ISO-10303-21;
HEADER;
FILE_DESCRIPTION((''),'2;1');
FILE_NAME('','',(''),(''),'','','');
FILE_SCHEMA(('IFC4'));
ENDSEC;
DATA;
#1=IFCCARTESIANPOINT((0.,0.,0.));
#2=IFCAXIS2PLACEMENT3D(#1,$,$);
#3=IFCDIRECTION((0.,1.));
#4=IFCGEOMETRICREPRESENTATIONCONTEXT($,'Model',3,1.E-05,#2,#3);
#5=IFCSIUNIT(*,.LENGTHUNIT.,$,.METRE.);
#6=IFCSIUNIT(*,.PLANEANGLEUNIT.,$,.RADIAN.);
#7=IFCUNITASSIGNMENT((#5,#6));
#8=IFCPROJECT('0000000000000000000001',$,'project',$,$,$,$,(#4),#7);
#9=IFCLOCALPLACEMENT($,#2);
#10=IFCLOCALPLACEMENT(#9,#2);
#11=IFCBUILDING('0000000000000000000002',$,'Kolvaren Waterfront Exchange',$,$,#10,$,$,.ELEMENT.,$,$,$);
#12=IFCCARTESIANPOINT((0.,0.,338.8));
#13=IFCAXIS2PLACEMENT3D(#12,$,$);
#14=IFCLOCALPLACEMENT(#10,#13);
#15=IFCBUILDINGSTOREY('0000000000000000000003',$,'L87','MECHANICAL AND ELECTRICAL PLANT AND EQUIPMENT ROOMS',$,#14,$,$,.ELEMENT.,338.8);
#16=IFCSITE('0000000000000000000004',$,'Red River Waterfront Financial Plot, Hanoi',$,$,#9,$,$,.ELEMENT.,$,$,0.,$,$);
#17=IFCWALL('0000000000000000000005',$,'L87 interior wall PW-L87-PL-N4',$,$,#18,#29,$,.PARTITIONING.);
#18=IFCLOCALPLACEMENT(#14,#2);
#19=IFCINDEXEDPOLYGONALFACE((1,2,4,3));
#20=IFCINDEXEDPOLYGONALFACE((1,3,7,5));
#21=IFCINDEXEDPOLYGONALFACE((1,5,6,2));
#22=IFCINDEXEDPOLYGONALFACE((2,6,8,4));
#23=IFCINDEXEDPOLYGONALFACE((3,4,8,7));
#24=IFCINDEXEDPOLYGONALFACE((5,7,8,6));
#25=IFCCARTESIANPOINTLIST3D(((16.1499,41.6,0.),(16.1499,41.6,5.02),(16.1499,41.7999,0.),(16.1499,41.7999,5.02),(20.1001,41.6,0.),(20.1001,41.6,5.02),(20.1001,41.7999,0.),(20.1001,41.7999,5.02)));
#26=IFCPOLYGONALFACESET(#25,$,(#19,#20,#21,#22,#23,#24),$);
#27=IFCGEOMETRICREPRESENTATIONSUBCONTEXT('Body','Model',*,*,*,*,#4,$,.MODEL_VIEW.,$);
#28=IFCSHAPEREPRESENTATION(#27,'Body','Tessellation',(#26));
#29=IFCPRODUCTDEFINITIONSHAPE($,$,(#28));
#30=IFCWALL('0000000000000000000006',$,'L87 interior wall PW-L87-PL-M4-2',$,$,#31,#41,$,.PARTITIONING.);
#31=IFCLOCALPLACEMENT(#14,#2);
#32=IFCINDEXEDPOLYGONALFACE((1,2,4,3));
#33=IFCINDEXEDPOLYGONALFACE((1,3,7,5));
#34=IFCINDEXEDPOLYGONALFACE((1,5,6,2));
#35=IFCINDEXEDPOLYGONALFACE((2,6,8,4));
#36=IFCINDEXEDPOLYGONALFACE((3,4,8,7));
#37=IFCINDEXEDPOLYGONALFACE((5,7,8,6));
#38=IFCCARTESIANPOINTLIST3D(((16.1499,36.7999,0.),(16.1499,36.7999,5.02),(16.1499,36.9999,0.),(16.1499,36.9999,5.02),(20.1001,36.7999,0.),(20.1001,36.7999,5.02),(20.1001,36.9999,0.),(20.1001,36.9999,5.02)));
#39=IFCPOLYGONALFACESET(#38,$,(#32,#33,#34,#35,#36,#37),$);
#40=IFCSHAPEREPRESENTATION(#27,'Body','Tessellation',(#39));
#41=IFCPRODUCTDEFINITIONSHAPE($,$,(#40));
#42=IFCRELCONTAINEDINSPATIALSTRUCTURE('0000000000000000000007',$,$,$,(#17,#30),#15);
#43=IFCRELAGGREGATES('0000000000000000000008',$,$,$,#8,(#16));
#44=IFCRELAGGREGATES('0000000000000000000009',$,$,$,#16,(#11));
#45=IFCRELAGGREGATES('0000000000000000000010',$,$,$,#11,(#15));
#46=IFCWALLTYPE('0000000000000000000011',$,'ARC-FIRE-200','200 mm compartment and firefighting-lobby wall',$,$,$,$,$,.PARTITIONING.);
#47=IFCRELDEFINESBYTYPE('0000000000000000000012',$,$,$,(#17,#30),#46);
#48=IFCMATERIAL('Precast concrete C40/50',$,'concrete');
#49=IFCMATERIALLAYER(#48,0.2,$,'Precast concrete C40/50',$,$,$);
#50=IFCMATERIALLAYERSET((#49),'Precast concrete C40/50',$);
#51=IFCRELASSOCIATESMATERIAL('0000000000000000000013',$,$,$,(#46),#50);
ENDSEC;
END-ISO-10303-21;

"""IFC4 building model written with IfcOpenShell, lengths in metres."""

from ifc_helpers import new_model, si_unit, direction, frame, frame_2d, origin, place, context, subcontext, project, spatial, rectangle, extrude, material, layer, layer_set, type_object, element, save


model = new_model("IFC4")

# Units and contexts
model_context = context("Model", 3, precision=1e-05, world=origin(), true_north=direction((0.0, 1.0)))
body_context = subcontext(model_context, "Body", "Model", "MODEL_VIEW")
ifc_project = project(units=[si_unit("LENGTHUNIT", "METRE"), si_unit("PLANEANGLEUNIT", "RADIAN")], contexts=[model_context])

# Site, building, storey
site_placement = place(None, origin())
site = spatial("IfcSite", under=ifc_project, at=site_placement, Name="Red River Waterfront Financial Plot, Hanoi", CompositionType="ELEMENT", RefElevation=0.0)
building_placement = place(site_placement, origin())
building = spatial("IfcBuilding", under=site, at=building_placement, Name="Kolvaren Waterfront Exchange", CompositionType="ELEMENT")
storey_placement = place(building_placement, frame((0.0, 0.0, 338.8)))
storey = spatial("IfcBuildingStorey", under=building, at=storey_placement, Name="L87", Description="MECHANICAL AND ELECTRICAL PLANT AND EQUIPMENT ROOMS", CompositionType="ELEMENT", Elevation=338.8)

# Walls
ifc_material_1 = material(Name="Precast concrete C40/50", Category="concrete")
ifc_layer_1 = layer(ifc_material_1, 0.2, Name="Precast concrete C40/50")
ifc_layer_set_1 = layer_set([ifc_layer_1], Name="Precast concrete C40/50")
wall_type_1 = type_object("IfcWallType", Name="ARC-FIRE-200", Description="200 mm compartment and firefighting-lobby wall", PredefinedType="PARTITIONING", material=ifc_layer_set_1)
for number, where, z_axis, x_axis, name in (
    (1, (16.1499, 41.7, 0.0), (0.0, 0.0, 1.0), (1.0, 0.0, 0.0), "L87 interior wall PW-L87-PL-N4"),
    (2, (16.1499, 36.8999, 0.0), (0.0, 0.0, 1.0), (1.0, 0.0, 0.0), "L87 interior wall PW-L87-PL-M4-2"),
):
    element("IfcWall", number, at=place(storey_placement, frame(where, z_axis=z_axis, x_axis=x_axis)), inside=storey, type_object=wall_type_1, Name=name, PredefinedType="PARTITIONING", context=body_context, shape_type="SweptSolid", body=[
        extrude(rectangle(XDim=3.9502, YDim=0.2, at=frame_2d((1.9751, 0.0))), origin(), (0.0, 0.0, 1.0), 5.02),
    ])

save(model, "model.ifc")
